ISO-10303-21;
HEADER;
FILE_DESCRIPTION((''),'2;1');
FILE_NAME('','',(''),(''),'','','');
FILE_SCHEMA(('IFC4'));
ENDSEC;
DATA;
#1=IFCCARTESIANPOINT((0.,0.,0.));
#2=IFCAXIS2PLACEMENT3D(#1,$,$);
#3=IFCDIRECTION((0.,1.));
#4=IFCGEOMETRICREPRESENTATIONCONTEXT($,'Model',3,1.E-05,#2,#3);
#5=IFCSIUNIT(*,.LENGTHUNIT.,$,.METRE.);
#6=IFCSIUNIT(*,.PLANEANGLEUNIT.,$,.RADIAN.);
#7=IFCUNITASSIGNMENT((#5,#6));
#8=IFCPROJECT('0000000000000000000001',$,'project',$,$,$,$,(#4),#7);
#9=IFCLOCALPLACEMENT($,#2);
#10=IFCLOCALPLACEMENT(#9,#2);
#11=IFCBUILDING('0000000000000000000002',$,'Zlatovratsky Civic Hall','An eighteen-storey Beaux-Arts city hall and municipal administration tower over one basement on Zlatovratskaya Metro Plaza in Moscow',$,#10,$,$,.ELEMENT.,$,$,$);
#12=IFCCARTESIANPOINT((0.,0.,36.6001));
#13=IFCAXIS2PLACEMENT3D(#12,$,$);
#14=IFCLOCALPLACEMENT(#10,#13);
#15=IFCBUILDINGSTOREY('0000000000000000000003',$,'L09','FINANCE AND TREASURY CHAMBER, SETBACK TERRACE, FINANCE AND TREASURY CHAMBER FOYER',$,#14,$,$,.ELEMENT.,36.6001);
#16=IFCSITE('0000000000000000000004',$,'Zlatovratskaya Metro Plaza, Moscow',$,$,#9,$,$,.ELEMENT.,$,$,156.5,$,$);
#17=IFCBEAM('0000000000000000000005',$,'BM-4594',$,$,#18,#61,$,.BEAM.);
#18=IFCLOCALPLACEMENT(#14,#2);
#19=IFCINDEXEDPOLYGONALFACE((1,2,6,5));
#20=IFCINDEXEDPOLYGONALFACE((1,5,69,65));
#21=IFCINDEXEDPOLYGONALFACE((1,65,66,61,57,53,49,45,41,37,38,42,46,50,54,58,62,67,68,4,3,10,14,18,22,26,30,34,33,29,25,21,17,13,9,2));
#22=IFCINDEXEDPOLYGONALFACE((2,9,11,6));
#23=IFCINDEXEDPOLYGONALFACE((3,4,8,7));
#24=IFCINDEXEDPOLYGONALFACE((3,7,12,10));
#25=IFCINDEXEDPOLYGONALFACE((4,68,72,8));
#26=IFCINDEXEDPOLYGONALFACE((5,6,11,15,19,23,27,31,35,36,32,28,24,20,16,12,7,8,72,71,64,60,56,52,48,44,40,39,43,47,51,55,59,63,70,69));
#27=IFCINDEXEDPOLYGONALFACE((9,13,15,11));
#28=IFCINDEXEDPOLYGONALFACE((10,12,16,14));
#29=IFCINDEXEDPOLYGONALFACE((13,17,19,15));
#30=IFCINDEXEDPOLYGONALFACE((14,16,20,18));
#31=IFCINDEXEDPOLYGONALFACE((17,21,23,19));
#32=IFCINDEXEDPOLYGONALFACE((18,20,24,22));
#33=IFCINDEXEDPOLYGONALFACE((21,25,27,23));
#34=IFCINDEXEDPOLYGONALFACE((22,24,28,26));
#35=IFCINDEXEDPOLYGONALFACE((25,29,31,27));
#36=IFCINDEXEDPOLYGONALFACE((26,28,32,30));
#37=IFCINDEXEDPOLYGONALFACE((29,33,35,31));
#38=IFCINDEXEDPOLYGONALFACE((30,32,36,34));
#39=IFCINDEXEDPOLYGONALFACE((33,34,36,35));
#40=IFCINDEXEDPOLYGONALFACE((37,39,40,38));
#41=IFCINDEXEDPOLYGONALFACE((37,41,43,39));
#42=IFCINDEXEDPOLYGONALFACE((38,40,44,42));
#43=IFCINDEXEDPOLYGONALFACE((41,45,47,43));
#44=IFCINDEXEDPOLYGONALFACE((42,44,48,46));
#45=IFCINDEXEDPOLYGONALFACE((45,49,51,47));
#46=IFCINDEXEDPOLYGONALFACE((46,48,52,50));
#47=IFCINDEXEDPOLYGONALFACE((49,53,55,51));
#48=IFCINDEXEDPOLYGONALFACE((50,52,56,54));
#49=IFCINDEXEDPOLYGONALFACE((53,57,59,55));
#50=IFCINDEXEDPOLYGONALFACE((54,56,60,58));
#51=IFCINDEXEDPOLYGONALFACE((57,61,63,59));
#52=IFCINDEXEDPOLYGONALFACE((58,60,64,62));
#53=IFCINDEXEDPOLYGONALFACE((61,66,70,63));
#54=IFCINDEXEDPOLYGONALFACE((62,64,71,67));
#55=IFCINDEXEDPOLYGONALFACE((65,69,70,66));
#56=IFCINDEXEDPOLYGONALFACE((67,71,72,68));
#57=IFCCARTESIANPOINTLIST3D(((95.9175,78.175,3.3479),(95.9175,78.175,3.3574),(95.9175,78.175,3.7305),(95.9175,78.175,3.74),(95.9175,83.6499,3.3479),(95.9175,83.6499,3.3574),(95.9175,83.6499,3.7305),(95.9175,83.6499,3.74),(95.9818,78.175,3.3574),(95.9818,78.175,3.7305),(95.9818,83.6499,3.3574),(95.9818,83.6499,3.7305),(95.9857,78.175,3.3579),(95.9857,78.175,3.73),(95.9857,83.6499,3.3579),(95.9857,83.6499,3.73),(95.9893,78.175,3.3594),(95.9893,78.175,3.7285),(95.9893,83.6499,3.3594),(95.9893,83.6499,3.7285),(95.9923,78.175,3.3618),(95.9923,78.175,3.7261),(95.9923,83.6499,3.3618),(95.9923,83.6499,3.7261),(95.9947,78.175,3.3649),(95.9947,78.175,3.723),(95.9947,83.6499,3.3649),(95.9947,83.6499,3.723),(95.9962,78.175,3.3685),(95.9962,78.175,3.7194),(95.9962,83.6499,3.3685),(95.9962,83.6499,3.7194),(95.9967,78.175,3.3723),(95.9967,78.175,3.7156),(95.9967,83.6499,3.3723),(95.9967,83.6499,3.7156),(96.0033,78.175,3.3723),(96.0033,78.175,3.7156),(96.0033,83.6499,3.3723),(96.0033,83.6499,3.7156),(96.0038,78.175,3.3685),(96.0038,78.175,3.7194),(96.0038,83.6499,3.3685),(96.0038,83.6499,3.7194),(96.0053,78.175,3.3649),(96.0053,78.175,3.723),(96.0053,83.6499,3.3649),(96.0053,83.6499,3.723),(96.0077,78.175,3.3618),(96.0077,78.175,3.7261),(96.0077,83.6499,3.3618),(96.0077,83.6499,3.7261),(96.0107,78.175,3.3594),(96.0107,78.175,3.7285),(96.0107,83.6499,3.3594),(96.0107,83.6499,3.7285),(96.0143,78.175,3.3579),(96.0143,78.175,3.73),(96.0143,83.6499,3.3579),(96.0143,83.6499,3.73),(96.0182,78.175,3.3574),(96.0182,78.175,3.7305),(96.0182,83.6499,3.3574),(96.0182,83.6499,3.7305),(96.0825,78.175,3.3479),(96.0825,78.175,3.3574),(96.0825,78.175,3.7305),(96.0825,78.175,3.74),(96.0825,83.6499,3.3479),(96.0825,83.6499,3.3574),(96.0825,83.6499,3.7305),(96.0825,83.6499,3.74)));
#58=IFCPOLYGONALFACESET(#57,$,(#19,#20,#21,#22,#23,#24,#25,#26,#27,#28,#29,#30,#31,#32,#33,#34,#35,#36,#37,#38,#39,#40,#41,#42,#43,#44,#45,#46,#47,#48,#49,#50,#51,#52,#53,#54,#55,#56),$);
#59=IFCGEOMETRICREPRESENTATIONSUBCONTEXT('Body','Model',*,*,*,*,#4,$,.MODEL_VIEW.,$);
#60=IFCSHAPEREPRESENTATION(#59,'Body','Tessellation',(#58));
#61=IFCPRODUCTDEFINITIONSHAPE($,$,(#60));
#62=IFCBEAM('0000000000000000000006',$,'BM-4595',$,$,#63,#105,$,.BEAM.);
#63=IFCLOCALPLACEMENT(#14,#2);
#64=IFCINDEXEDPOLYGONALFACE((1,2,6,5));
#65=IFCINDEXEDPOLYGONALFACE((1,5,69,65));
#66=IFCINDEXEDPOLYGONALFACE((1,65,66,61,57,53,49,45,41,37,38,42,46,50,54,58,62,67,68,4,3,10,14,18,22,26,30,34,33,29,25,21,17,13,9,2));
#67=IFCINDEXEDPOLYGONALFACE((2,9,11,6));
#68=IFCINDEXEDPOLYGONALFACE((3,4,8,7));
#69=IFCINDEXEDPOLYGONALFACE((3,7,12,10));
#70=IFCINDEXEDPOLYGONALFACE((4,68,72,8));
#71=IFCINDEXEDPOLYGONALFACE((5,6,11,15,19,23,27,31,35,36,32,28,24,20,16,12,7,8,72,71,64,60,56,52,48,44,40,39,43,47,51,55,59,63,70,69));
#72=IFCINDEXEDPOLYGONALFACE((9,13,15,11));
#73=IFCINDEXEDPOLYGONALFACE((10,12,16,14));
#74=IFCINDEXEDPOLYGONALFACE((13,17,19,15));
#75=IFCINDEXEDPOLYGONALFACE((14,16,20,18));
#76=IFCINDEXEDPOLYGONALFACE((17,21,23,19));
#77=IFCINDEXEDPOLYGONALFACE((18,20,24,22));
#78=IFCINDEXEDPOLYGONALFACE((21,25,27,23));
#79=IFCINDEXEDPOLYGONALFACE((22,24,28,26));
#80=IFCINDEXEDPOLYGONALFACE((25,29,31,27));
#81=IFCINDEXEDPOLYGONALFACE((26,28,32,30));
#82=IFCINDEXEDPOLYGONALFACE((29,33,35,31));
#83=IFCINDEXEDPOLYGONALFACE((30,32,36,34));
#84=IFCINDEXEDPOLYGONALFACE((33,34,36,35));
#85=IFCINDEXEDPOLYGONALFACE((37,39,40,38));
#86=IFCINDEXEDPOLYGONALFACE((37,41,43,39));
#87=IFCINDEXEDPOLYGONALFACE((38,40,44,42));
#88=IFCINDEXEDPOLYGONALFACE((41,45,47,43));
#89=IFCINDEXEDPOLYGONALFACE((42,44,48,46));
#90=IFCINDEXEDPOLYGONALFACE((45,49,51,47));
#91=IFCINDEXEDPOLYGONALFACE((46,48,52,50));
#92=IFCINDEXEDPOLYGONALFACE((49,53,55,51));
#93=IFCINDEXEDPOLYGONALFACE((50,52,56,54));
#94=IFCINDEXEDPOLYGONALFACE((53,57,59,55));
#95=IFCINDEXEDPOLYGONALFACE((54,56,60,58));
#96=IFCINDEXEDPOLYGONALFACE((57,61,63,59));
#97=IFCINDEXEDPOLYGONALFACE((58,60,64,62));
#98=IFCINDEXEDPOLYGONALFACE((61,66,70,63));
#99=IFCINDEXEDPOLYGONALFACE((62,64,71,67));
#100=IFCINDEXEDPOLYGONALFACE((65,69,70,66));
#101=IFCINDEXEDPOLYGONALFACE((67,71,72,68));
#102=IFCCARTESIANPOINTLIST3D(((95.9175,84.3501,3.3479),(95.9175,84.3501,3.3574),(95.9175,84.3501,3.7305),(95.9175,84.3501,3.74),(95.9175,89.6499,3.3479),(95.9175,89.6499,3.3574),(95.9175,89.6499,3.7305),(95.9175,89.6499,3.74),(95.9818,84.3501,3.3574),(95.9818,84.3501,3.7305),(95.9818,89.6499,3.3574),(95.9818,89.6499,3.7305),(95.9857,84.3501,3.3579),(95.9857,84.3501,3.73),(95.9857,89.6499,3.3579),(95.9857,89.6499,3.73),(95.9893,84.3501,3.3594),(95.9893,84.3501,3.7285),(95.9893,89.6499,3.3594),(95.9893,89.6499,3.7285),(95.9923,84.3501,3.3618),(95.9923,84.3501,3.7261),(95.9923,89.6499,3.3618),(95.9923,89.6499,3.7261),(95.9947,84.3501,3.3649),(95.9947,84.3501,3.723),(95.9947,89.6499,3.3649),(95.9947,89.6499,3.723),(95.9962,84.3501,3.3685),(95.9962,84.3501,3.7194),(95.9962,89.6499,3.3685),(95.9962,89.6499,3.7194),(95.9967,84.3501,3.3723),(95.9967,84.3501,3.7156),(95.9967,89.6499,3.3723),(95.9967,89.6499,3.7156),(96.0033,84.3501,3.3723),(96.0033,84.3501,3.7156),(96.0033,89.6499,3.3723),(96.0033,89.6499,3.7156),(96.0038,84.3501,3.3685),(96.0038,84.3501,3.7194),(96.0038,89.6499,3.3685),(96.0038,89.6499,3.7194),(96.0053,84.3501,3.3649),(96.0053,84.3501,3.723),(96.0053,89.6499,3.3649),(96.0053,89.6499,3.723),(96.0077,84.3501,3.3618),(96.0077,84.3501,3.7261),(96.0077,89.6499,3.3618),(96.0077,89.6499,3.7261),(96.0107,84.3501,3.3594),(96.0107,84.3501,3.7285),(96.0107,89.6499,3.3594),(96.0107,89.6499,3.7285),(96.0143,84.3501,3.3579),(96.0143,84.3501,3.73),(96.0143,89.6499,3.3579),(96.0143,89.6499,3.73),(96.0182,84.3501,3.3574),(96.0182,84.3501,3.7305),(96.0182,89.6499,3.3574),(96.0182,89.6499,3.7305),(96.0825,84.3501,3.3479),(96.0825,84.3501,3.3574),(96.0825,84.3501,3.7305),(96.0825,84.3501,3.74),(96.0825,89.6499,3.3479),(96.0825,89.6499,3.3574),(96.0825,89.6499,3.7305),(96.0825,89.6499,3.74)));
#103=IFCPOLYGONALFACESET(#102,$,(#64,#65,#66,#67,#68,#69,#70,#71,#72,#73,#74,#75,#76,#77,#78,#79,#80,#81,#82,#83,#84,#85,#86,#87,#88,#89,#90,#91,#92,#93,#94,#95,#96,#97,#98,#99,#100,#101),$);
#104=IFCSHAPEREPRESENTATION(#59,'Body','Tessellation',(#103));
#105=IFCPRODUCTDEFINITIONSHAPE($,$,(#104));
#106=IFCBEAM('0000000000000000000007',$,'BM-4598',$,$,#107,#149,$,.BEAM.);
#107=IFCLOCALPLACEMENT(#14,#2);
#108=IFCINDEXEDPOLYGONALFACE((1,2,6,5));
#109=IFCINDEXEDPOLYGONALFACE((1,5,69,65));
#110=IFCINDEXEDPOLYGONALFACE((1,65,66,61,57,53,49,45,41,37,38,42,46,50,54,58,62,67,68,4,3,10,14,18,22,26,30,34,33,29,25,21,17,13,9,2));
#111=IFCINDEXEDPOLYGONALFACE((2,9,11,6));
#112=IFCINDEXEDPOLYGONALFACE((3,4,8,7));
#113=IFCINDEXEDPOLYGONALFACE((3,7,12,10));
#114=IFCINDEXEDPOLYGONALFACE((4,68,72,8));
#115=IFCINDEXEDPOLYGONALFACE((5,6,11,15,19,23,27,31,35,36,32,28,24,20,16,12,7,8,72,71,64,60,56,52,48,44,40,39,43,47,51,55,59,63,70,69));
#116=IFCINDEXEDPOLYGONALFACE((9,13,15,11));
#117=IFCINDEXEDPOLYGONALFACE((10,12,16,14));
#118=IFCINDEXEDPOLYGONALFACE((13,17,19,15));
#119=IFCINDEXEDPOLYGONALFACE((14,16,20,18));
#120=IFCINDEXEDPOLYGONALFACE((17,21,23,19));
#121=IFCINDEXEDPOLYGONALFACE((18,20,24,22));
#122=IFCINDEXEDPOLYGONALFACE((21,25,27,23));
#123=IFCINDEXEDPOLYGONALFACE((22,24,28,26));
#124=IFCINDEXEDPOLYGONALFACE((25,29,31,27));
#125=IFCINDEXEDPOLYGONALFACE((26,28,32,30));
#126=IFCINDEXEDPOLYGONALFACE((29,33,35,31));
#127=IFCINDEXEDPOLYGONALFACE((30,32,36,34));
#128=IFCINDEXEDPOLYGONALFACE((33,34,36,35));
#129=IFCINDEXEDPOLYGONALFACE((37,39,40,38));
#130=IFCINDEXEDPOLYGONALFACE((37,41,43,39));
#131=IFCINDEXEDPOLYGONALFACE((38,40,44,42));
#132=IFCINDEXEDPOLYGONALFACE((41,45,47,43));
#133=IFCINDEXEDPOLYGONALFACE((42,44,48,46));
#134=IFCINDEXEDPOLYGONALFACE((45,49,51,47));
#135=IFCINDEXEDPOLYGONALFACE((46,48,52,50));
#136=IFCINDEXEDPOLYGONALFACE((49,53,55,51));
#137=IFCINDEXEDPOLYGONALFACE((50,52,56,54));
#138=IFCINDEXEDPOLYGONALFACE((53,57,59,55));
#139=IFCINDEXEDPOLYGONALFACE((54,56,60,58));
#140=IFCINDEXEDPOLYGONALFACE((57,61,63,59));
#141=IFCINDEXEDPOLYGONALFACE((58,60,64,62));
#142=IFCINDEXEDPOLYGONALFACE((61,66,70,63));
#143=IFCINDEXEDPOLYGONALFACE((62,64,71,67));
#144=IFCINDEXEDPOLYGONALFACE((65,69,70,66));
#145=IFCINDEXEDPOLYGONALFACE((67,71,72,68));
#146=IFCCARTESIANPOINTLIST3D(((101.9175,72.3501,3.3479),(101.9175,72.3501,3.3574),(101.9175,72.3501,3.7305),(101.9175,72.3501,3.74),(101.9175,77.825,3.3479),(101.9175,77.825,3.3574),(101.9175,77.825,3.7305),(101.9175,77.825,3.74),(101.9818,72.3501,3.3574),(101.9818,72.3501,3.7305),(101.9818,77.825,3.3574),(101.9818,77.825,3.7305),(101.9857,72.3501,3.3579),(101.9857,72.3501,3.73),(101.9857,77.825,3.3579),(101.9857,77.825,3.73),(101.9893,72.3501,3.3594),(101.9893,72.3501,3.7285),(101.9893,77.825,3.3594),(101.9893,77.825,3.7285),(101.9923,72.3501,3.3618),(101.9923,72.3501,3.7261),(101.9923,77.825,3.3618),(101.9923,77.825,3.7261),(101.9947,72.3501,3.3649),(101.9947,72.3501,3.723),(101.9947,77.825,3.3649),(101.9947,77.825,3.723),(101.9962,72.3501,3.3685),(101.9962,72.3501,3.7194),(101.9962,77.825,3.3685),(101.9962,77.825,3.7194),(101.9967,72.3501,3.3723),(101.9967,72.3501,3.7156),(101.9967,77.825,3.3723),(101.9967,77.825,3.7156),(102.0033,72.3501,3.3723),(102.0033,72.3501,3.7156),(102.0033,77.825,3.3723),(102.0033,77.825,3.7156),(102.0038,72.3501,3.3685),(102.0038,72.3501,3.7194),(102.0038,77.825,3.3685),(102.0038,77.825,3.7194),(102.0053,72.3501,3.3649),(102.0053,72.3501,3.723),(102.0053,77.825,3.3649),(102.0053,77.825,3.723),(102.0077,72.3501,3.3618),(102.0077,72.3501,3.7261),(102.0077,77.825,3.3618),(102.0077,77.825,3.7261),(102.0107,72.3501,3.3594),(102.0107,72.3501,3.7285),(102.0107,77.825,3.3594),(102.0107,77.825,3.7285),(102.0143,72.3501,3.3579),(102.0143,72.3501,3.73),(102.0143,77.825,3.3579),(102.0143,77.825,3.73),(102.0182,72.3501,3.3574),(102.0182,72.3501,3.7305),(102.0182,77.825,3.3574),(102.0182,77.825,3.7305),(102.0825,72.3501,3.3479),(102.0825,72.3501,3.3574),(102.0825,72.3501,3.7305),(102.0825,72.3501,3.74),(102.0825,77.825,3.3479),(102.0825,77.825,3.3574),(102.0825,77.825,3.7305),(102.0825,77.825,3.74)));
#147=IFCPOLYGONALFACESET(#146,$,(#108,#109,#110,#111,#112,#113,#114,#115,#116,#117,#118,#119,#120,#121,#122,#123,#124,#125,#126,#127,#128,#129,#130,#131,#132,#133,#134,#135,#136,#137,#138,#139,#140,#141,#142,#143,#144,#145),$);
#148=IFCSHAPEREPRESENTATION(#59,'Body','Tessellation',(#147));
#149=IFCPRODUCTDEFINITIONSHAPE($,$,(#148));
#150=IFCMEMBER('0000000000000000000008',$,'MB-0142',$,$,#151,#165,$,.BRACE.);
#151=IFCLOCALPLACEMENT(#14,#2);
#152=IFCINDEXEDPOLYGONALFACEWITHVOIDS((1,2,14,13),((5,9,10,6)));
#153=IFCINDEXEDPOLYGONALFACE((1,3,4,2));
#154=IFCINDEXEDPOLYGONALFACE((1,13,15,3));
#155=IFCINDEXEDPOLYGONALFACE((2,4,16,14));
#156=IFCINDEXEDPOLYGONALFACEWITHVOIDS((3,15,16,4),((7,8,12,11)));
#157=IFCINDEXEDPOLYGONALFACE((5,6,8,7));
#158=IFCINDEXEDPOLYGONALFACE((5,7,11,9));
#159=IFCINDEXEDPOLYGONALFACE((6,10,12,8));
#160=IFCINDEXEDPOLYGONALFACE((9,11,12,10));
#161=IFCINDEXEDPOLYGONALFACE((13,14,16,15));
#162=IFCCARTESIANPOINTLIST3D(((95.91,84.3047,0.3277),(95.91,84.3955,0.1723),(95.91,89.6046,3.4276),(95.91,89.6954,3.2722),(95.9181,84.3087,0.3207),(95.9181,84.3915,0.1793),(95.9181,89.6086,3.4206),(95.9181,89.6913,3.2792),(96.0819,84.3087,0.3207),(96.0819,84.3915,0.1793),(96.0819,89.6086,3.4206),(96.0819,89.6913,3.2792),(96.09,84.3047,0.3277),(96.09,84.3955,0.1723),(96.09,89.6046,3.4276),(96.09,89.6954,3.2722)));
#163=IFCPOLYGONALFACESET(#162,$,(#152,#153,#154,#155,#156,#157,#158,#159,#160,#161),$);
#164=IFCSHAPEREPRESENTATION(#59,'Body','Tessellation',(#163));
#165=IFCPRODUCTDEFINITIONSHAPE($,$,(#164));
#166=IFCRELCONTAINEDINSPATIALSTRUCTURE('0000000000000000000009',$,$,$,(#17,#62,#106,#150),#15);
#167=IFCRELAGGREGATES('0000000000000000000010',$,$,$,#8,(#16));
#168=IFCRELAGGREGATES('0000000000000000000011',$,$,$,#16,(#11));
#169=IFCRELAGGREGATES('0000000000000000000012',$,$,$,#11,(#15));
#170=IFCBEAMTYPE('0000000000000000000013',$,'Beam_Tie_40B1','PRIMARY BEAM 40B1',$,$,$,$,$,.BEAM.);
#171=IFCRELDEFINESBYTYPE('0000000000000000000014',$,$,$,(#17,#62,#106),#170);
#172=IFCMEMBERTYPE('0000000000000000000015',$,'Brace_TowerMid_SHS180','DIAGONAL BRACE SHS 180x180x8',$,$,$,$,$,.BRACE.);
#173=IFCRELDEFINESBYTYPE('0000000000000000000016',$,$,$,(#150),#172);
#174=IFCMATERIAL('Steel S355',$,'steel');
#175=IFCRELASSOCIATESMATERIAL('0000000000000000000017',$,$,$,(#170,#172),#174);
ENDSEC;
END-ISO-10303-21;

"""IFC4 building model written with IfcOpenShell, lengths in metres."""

from ifc_helpers import new_model, si_unit, direction, frame, origin, origin_2d, place, context, subcontext, project, spatial, hollow_rectangle, i_section, extrude, material, material_profile, profile_set, type_object, element, save


model = new_model("IFC4")

# Units and contexts
model_context = context("Model", 3, precision=1e-05, world=origin(), true_north=direction((0.0, 1.0)))
body_context = subcontext(model_context, "Body", "Model", "MODEL_VIEW")
ifc_project = project(units=[si_unit("LENGTHUNIT", "METRE"), si_unit("PLANEANGLEUNIT", "RADIAN")], contexts=[model_context])

# Site, building, storey
site_placement = place(None, origin())
site = spatial("IfcSite", under=ifc_project, at=site_placement, Name="Zlatovratskaya Metro Plaza, Moscow", CompositionType="ELEMENT", RefElevation=156.5)
building_placement = place(site_placement, origin())
building = spatial("IfcBuilding", under=site, at=building_placement, Name="Zlatovratsky Civic Hall", Description="An eighteen-storey Beaux-Arts city hall and municipal administration tower over one basement on Zlatovratskaya Metro Plaza in Moscow", CompositionType="ELEMENT")
storey_placement = place(building_placement, frame((0.0, 0.0, 36.6001)))
storey = spatial("IfcBuildingStorey", under=building, at=storey_placement, Name="L09", Description="FINANCE AND TREASURY CHAMBER, SETBACK TERRACE, FINANCE AND TREASURY CHAMBER FOYER", CompositionType="ELEMENT", Elevation=36.6001)

# Shared definitions
ifc_material_1 = material(Name="Steel S355", Category="steel")

# Beams
ifc_material_profile_1 = material_profile(ifc_material_1, i_section(OverallWidth=0.165, OverallDepth=0.3921, WebThickness=0.0066, FlangeThickness=0.0095, FilletRadius=0.0149, at=origin_2d()), Name="40B1")
ifc_profile_set_1 = profile_set([ifc_material_profile_1], Name="Steel S355")
beam_type_1 = type_object("IfcBeamType", Name="Beam_Tie_40B1", Description="PRIMARY BEAM 40B1", PredefinedType="BEAM", material=ifc_profile_set_1)
for number, where, z_axis, x_axis, name in (
    (1, (96.0, 78.175, 3.5439), (0.0, 1.0, 0.0), (-1.0, 0.0, 0.0), "BM-4594"),
):
    element("IfcBeam", number, at=place(storey_placement, frame(where, z_axis=z_axis, x_axis=x_axis)), inside=storey, type_object=beam_type_1, Name=name, PredefinedType="BEAM", context=body_context, shape_type="SweptSolid", body=[
        extrude(i_section(OverallWidth=0.165, OverallDepth=0.3921, WebThickness=0.0066, FlangeThickness=0.0095, FilletRadius=0.0149, at=origin_2d()), origin(), (0.0, 0.0, 1.0), 5.4749),
    ])
beam_1_placement = place(storey_placement, frame((96.0, 84.3501, 3.5439), z_axis=(0.0, 1.0, 0.0), x_axis=(-1.0, 0.0, 0.0)))
element("IfcBeam", 2, at=beam_1_placement, inside=storey, type_object=beam_type_1, Name="BM-4595", PredefinedType="BEAM", context=body_context, shape_type="SweptSolid", body=[
    extrude(i_section(OverallWidth=0.165, OverallDepth=0.3921, WebThickness=0.0066, FlangeThickness=0.0095, FilletRadius=0.0149, at=origin_2d()), origin(), (0.0, 0.0, 1.0), 5.2998),
])
beam_2_placement = place(storey_placement, frame((102.0, 72.3501, 3.5439), z_axis=(0.0, 1.0, 0.0), x_axis=(-1.0, 0.0, 0.0)))
element("IfcBeam", 3, at=beam_2_placement, inside=storey, type_object=beam_type_1, Name="BM-4598", PredefinedType="BEAM", context=body_context, shape_type="SweptSolid", body=[
    extrude(i_section(OverallWidth=0.165, OverallDepth=0.3921, WebThickness=0.0066, FlangeThickness=0.0095, FilletRadius=0.0149, at=origin_2d()), origin(), (0.0, 0.0, 1.0), 5.4749),
])

# Member
ifc_material_profile_2 = material_profile(ifc_material_1, hollow_rectangle(XDim=0.1799, YDim=0.1799, WallThickness=0.0081, at=origin_2d()), Name="SHS 180x180x8")
ifc_profile_set_2 = profile_set([ifc_material_profile_2], Name="Steel S355")
member_type = type_object("IfcMemberType", Name="Brace_TowerMid_SHS180", Description="DIAGONAL BRACE SHS 180x180x8", PredefinedType="BRACE", material=ifc_profile_set_2)
member_placement = place(storey_placement, frame((96.0, 84.3501, 0.25), z_axis=(0.0, 0.86319, 0.504879), x_axis=(-1.0, 0.0, 0.0)))
element("IfcMember", 4, at=member_placement, inside=storey, type_object=member_type, Name="MB-0142", PredefinedType="BRACE", context=body_context, shape_type="SweptSolid", body=[
    extrude(hollow_rectangle(XDim=0.1799, YDim=0.1799, WallThickness=0.0081, at=origin_2d()), origin(), (0.0, 0.0, 1.0), 6.1399),
])

save(model, "model.ifc")
